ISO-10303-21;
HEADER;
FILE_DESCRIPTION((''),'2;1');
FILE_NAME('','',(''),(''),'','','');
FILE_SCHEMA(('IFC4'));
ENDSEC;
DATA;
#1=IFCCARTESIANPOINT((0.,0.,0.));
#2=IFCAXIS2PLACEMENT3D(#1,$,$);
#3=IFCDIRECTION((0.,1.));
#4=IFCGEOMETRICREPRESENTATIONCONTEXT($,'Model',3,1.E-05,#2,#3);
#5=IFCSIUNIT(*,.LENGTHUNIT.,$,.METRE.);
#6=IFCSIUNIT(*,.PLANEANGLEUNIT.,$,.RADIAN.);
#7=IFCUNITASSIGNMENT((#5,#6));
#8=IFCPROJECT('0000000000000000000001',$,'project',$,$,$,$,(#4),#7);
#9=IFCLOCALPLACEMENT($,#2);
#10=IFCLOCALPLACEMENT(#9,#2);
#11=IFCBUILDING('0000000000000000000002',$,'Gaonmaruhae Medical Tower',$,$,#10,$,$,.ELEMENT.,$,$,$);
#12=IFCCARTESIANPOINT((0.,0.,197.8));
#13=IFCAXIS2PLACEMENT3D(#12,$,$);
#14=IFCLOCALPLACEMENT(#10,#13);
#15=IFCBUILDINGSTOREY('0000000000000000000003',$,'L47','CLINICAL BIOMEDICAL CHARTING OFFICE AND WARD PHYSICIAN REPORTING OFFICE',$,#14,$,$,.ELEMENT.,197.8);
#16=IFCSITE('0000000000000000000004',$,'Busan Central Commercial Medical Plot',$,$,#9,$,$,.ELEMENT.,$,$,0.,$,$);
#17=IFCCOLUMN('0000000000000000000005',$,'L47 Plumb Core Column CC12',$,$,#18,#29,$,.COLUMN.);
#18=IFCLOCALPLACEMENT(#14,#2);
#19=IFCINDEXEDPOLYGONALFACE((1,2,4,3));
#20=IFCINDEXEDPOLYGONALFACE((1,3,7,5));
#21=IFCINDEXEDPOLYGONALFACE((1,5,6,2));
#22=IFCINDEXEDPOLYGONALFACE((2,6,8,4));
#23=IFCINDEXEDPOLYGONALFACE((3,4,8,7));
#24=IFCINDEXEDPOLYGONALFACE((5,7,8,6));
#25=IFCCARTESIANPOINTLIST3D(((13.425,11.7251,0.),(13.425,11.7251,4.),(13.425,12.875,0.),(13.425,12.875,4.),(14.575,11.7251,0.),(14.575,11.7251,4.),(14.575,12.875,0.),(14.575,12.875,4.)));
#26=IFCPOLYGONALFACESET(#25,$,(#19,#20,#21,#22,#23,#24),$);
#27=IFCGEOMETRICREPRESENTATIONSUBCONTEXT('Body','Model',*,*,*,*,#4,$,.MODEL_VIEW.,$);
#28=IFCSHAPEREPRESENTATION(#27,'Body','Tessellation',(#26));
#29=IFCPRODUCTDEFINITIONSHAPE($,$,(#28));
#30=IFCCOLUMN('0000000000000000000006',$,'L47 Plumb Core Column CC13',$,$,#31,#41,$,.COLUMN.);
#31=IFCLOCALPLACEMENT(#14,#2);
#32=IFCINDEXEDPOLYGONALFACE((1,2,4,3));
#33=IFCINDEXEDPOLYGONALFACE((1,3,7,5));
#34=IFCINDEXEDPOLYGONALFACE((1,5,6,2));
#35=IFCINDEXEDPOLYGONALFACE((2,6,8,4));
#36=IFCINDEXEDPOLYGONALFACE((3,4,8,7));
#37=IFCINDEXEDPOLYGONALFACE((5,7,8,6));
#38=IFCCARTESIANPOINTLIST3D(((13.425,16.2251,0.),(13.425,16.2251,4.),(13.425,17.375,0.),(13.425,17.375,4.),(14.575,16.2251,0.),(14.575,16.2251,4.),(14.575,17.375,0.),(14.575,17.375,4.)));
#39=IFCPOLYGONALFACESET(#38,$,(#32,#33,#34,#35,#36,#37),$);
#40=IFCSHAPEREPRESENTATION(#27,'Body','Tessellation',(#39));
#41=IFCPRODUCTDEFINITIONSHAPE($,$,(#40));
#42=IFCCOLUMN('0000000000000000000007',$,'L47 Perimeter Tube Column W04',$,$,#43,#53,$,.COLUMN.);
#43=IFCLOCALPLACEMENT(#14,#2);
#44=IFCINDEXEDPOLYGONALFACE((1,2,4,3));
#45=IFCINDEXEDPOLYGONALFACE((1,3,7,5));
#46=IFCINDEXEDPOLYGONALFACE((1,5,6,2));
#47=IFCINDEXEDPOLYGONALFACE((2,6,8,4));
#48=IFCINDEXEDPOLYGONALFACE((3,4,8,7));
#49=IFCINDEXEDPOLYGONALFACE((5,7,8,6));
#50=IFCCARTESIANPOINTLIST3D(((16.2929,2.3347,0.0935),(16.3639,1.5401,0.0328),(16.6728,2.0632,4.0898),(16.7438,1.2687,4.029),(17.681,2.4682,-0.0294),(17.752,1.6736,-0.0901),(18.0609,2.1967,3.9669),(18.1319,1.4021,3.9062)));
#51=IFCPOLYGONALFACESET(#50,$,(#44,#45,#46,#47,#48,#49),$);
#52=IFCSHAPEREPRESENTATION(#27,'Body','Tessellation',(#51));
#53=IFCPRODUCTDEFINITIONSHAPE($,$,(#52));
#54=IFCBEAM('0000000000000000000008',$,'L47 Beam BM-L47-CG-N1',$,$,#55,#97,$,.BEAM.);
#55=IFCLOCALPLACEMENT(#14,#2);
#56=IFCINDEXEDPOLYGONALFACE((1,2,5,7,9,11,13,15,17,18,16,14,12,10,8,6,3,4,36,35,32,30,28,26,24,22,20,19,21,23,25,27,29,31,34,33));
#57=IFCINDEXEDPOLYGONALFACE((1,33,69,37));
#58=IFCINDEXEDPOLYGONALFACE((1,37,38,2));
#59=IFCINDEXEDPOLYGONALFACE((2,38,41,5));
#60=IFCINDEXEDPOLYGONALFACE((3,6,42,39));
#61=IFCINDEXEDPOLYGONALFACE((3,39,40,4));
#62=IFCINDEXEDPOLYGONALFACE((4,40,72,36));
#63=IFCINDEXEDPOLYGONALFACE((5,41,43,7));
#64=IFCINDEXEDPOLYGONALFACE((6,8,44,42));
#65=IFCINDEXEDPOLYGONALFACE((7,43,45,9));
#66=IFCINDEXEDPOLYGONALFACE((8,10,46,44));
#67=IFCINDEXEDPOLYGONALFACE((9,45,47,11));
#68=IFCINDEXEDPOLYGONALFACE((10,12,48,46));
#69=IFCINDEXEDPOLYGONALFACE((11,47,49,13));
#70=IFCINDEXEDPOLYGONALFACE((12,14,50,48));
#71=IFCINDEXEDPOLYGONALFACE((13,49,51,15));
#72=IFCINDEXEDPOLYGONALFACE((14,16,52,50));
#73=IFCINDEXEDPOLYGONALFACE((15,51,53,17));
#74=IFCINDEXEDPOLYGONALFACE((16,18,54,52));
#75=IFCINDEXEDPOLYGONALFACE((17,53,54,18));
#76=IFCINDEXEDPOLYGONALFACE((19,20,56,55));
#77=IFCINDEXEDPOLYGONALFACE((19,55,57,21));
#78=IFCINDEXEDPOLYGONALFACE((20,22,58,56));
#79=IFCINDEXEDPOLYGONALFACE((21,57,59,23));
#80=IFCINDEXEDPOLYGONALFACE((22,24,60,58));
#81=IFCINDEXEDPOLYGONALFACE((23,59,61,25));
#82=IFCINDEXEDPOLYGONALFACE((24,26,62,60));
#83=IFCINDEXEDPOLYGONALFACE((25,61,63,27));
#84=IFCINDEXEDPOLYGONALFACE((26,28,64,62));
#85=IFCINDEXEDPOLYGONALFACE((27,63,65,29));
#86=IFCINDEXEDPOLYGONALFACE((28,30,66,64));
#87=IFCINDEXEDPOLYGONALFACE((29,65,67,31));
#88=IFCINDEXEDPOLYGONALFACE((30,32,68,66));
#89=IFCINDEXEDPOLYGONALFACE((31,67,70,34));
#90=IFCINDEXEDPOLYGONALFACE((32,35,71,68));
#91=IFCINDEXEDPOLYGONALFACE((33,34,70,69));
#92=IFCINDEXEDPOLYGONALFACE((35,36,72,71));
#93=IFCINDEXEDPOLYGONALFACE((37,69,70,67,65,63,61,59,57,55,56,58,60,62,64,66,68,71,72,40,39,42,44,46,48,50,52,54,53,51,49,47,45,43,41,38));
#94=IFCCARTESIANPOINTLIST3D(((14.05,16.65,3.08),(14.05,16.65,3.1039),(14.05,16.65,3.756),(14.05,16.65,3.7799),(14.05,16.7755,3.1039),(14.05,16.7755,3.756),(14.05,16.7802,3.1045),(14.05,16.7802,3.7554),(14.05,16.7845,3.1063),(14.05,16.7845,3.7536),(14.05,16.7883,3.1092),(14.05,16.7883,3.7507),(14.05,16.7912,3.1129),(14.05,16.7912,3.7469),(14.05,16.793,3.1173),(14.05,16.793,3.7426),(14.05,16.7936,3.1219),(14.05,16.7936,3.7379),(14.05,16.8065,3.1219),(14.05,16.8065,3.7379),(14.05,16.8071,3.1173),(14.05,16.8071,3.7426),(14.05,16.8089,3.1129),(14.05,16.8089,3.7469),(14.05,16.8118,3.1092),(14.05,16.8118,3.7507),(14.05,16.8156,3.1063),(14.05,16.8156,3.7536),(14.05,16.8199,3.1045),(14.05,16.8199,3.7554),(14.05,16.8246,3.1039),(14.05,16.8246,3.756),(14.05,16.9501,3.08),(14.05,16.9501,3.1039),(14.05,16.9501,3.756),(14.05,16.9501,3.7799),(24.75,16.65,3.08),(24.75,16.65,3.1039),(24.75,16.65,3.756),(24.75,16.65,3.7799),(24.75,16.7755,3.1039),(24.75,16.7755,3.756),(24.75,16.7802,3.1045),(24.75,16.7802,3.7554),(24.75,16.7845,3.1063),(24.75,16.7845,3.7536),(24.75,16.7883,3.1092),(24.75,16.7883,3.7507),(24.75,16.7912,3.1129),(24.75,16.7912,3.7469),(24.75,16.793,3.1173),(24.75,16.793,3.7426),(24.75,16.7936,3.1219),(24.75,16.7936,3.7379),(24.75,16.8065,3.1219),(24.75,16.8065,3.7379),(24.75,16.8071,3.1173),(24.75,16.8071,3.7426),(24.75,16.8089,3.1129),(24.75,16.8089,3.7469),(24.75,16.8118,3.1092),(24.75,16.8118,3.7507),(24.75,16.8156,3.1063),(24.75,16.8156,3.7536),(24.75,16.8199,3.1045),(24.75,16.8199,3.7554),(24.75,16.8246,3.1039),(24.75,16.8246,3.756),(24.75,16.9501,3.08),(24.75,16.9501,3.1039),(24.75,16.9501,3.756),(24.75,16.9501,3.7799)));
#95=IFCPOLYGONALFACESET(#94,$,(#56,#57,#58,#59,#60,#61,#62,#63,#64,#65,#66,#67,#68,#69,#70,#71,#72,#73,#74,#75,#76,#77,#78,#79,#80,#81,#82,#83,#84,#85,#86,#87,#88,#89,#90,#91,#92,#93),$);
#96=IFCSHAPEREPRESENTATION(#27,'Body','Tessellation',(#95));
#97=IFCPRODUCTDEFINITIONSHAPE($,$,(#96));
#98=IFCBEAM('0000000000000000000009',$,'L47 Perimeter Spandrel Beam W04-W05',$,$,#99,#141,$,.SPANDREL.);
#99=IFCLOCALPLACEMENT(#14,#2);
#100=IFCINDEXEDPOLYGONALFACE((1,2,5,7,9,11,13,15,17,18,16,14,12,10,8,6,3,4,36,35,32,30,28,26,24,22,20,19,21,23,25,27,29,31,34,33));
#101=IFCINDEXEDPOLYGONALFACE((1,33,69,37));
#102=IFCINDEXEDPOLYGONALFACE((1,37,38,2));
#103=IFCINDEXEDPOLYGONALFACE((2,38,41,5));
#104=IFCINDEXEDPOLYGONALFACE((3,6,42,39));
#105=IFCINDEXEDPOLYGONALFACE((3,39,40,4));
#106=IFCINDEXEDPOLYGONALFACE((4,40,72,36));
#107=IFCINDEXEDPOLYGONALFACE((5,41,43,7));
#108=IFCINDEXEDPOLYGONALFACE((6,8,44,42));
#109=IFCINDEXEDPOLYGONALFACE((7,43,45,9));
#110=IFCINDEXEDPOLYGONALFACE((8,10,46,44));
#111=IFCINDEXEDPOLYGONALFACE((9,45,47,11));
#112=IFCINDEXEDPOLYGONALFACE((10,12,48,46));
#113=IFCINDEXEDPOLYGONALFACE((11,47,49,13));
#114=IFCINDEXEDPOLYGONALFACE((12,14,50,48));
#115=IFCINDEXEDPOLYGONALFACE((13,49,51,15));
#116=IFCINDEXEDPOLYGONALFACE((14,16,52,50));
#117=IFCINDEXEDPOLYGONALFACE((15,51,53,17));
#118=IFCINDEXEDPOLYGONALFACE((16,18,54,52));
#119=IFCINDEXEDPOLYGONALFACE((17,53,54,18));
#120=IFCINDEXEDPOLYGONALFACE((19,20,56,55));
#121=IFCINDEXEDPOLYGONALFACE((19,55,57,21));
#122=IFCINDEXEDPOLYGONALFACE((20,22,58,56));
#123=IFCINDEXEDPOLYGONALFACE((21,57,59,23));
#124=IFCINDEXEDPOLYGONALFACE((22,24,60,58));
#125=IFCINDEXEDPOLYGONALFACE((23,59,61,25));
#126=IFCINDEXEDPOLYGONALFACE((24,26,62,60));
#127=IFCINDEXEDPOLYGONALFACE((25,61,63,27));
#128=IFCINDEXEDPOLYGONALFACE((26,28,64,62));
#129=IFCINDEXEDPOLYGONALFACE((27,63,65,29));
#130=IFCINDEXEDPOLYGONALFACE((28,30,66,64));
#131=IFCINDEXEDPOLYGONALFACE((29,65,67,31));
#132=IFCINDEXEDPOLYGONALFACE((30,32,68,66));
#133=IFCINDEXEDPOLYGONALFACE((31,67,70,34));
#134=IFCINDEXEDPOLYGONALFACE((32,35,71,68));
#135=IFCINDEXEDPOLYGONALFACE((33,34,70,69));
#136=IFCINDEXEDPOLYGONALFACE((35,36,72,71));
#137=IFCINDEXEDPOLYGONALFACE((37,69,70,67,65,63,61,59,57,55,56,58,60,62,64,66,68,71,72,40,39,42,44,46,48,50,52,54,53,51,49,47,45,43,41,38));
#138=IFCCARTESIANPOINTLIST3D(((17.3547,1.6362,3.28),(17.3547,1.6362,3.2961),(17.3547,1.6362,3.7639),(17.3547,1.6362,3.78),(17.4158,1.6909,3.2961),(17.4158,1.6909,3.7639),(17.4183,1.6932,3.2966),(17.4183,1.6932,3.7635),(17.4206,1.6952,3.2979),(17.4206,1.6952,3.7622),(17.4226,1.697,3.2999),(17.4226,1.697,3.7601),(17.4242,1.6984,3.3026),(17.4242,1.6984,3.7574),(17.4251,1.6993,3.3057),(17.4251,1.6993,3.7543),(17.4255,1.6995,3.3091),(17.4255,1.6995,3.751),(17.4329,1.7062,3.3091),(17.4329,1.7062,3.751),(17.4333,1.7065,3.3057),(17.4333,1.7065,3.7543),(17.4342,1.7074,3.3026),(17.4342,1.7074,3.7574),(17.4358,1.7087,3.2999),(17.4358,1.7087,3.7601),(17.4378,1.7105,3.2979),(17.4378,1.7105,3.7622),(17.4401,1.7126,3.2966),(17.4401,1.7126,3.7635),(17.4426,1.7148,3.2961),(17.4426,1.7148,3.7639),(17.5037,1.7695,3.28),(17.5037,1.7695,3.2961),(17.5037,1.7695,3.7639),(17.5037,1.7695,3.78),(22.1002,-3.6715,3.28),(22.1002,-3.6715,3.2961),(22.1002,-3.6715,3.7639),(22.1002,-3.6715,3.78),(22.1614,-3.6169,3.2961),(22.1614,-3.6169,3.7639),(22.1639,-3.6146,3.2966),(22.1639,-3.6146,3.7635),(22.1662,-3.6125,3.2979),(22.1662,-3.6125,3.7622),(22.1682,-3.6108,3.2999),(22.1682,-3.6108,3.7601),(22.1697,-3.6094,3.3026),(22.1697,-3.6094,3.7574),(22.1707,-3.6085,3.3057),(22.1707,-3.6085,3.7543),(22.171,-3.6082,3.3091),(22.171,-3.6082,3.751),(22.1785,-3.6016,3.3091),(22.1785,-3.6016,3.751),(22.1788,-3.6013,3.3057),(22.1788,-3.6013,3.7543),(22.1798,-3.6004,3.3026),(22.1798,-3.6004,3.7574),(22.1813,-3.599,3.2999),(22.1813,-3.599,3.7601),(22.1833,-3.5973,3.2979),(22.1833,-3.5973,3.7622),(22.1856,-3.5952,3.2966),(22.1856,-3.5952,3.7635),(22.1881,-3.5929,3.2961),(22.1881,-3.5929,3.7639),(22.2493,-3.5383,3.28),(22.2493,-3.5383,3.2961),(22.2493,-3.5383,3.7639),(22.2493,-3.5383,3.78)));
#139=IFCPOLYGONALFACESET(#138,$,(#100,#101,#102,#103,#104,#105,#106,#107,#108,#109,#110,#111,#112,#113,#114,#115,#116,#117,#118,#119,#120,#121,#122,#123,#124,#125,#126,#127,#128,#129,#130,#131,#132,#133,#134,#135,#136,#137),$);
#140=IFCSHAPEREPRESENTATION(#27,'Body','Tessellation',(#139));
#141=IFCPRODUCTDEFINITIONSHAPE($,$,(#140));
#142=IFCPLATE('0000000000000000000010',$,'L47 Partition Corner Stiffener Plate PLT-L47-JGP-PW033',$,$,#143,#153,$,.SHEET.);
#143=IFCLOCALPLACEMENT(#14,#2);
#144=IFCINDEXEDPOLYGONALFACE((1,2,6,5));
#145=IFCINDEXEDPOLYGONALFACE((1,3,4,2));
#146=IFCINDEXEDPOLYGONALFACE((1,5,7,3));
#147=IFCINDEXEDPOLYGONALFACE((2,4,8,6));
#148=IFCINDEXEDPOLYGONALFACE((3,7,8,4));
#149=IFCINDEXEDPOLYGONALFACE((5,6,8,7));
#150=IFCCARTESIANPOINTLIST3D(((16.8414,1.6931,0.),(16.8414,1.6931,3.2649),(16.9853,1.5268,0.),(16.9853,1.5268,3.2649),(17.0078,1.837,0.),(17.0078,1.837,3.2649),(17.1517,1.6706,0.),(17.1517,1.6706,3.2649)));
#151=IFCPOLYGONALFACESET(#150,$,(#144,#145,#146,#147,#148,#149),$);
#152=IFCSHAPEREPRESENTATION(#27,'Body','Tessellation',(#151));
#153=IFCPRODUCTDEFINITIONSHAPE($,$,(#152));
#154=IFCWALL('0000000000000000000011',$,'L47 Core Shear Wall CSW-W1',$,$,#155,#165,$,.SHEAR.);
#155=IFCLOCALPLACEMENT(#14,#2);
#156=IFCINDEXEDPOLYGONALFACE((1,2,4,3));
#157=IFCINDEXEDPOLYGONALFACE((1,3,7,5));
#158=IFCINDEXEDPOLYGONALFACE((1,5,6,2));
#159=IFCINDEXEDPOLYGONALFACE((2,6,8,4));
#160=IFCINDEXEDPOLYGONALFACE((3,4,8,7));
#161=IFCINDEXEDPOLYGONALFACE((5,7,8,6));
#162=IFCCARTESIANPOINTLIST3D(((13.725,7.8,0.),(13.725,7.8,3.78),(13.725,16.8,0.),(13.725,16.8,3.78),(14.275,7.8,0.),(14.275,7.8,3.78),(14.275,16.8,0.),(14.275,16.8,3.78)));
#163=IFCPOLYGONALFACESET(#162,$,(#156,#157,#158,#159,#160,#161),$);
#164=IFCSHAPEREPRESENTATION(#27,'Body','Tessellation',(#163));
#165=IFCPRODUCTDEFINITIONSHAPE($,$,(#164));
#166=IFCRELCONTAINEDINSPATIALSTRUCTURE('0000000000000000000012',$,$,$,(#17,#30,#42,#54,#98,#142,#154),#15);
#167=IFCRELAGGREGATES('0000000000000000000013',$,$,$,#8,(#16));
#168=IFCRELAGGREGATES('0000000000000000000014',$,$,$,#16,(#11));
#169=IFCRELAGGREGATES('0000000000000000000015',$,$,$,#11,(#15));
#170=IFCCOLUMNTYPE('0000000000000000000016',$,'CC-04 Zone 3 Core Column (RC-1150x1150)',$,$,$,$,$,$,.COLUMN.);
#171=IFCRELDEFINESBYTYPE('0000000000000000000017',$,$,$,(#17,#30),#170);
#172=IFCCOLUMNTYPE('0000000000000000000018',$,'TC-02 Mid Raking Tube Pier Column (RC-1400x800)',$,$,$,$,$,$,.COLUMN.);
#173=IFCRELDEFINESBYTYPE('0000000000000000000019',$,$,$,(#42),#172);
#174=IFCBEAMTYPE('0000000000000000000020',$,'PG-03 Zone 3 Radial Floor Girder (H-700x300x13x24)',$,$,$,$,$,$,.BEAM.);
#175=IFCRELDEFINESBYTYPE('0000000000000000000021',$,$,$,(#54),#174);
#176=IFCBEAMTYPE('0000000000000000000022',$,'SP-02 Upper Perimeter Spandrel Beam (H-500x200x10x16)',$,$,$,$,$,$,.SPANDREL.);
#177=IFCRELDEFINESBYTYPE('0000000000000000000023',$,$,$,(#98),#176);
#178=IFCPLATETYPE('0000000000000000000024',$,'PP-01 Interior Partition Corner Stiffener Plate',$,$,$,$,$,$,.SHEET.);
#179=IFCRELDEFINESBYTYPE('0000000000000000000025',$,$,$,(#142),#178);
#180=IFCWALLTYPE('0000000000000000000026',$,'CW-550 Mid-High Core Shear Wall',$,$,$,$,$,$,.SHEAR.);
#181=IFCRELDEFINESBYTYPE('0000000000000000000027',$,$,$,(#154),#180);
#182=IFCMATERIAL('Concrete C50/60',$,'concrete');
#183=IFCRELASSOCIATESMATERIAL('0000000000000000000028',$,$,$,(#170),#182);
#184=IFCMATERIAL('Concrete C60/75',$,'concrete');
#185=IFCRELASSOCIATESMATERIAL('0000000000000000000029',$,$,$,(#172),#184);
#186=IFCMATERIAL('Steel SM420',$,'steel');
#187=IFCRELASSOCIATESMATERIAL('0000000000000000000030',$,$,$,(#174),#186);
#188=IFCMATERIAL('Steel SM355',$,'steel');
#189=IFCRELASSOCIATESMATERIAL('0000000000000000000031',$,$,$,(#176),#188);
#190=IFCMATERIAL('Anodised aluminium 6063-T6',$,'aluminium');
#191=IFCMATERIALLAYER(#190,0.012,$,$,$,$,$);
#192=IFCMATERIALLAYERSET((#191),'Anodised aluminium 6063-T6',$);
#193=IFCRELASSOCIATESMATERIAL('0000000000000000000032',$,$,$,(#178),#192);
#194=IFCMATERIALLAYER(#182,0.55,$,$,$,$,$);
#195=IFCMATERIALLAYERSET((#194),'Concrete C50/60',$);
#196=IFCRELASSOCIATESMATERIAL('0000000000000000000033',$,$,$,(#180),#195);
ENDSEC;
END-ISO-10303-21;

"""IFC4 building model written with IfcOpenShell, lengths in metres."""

from ifc_helpers import new_model, si_unit, direction, frame, frame_2d, origin, origin_2d, place, context, subcontext, project, spatial, rectangle, i_section, extrude, material, layer, layer_set, material_profile, profile_set, type_object, element, save


model = new_model("IFC4")

# Units and contexts
model_context = context("Model", 3, precision=1e-05, world=origin(), true_north=direction((0.0, 1.0)))
body_context = subcontext(model_context, "Body", "Model", "MODEL_VIEW")
ifc_project = project(units=[si_unit("LENGTHUNIT", "METRE"), si_unit("PLANEANGLEUNIT", "RADIAN")], contexts=[model_context])

# Site, building, storey
site_placement = place(None, origin())
site = spatial("IfcSite", under=ifc_project, at=site_placement, Name="Busan Central Commercial Medical Plot", CompositionType="ELEMENT", RefElevation=0.0)
building_placement = place(site_placement, origin())
building = spatial("IfcBuilding", under=site, at=building_placement, Name="Gaonmaruhae Medical Tower", CompositionType="ELEMENT")
storey_placement = place(building_placement, frame((0.0, 0.0, 197.8)))
storey = spatial("IfcBuildingStorey", under=building, at=storey_placement, Name="L47", Description="CLINICAL BIOMEDICAL CHARTING OFFICE AND WARD PHYSICIAN REPORTING OFFICE", CompositionType="ELEMENT", Elevation=197.8)

# Columns
ifc_material_1 = material(Name="Concrete C50/60", Category="concrete")
ifc_material_profile_1 = material_profile(ifc_material_1, rectangle(XDim=1.1499, YDim=1.1499, at=origin_2d()), Name="RC-1150x1150")
ifc_profile_set_1 = profile_set([ifc_material_profile_1], Name="Concrete C50/60")
column_type_1 = type_object("IfcColumnType", Name="CC-04 Zone 3 Core Column (RC-1150x1150)", PredefinedType="COLUMN", material=ifc_profile_set_1)
for number, where, z_axis, x_axis, name in (
    (1, (14.0, 12.3, 0.0), (0.0, 0.0, 1.0), (1.0, 0.0, 0.0), "L47 Plumb Core Column CC12"),
    (2, (14.0, 16.8, 0.0), (0.0, 0.0, 1.0), (1.0, 0.0, 0.0), "L47 Plumb Core Column CC13"),
):
    element("IfcColumn", number, at=place(storey_placement, frame(where, z_axis=z_axis, x_axis=x_axis)), inside=storey, type_object=column_type_1, Name=name, PredefinedType="COLUMN", context=body_context, shape_type="SweptSolid", body=[
        extrude(rectangle(XDim=1.1499, YDim=1.1499, at=origin_2d()), origin(), (0.0, 0.0, 1.0), 4.0),
    ])
ifc_material_2 = material(Name="Concrete C60/75", Category="concrete")
ifc_material_profile_2 = material_profile(ifc_material_2, rectangle(XDim=1.3999, YDim=0.8, at=origin_2d()), Name="RC-1400x800")
ifc_profile_set_2 = profile_set([ifc_material_profile_2], Name="Concrete C60/75")
column_type_2 = type_object("IfcColumnType", Name="TC-02 Mid Raking Tube Pier Column (RC-1400x800)", PredefinedType="COLUMN", material=ifc_profile_set_2)
column_placement = place(storey_placement, frame((17.0225, 2.0042, 0.0017), z_axis=(0.094415, -0.067474, 0.993244), x_axis=(-0.991569, -0.095314, 0.087781)))
element("IfcColumn", 3, at=column_placement, inside=storey, type_object=column_type_2, Name="L47 Perimeter Tube Column W04", PredefinedType="COLUMN", context=body_context, shape_type="SweptSolid", body=[
    extrude(rectangle(XDim=1.3999, YDim=0.8, at=origin_2d()), origin(), (0.0, 0.0, 1.0), 4.0234),
])

# Beams
ifc_material_3 = material(Name="Steel SM420", Category="steel")
ifc_material_profile_3 = material_profile(ifc_material_3, i_section(OverallWidth=0.3, OverallDepth=0.7, WebThickness=0.0129, FlangeThickness=0.0239, FilletRadius=0.0181, at=origin_2d()), Name="H-700x300x13x24")
ifc_profile_set_3 = profile_set([ifc_material_profile_3], Name="Steel SM420")
beam_type_1 = type_object("IfcBeamType", Name="PG-03 Zone 3 Radial Floor Girder (H-700x300x13x24)", PredefinedType="BEAM", material=ifc_profile_set_3)
beam_1_placement = place(storey_placement, frame((14.05, 16.8, 3.4299), z_axis=(1.0, 0.0, 0.0), x_axis=(0.0, 1.0, 0.0)))
element("IfcBeam", 4, at=beam_1_placement, inside=storey, type_object=beam_type_1, Name="L47 Beam BM-L47-CG-N1", PredefinedType="BEAM", context=body_context, shape_type="SweptSolid", body=[
    extrude(i_section(OverallWidth=0.3, OverallDepth=0.7, WebThickness=0.0129, FlangeThickness=0.0239, FilletRadius=0.0181, at=origin_2d()), origin(), (0.0, 0.0, 1.0), 10.7),
])
ifc_material_4 = material(Name="Steel SM355", Category="steel")
ifc_material_profile_4 = material_profile(ifc_material_4, i_section(OverallWidth=0.2, OverallDepth=0.5, WebThickness=0.01, FlangeThickness=0.0161, FilletRadius=0.0129, at=origin_2d()), Name="H-500x200x10x16")
ifc_profile_set_4 = profile_set([ifc_material_profile_4], Name="Steel SM355")
beam_type_2 = type_object("IfcBeamType", Name="SP-02 Upper Perimeter Spandrel Beam (H-500x200x10x16)", PredefinedType="SPANDREL", material=ifc_profile_set_4)
beam_2_placement = place(storey_placement, frame((17.4292, 1.7029, 3.53), z_axis=(0.666519, -0.745488, 0.0), x_axis=(0.745488, 0.666519, 0.0)))
element("IfcBeam", 5, at=beam_2_placement, inside=storey, type_object=beam_type_2, Name="L47 Perimeter Spandrel Beam W04-W05", PredefinedType="SPANDREL", context=body_context, shape_type="SweptSolid", body=[
    extrude(i_section(OverallWidth=0.2, OverallDepth=0.5, WebThickness=0.01, FlangeThickness=0.0161, FilletRadius=0.0129, at=origin_2d()), origin(), (0.0, 0.0, 1.0), 7.1199),
])

# Plate
ifc_material_5 = material(Name="Anodised aluminium 6063-T6", Category="aluminium")
ifc_layer_1 = layer(ifc_material_5, 0.012)
ifc_layer_set_1 = layer_set([ifc_layer_1], Name="Anodised aluminium 6063-T6")
plate_type = type_object("IfcPlateType", Name="PP-01 Interior Partition Corner Stiffener Plate", PredefinedType="SHEET", material=ifc_layer_set_1)
plate_placement = place(storey_placement, frame((16.9966, 1.6819, 0.0), z_axis=(0.0, 0.0, 1.0), x_axis=(-0.654041, 0.756459, 0.0)))
element("IfcPlate", 6, at=plate_placement, inside=storey, type_object=plate_type, Name="L47 Partition Corner Stiffener Plate PLT-L47-JGP-PW033", PredefinedType="SHEET", context=body_context, shape_type="SweptSolid", body=[
    extrude(rectangle(XDim=0.22, YDim=0.22, at=origin_2d()), origin(), (0.0, 0.0, 1.0), 3.2649),
])

# Wall
ifc_layer_2 = layer(ifc_material_1, 0.55)
ifc_layer_set_2 = layer_set([ifc_layer_2], Name="Concrete C50/60")
wall_type_1 = type_object("IfcWallType", Name="CW-550 Mid-High Core Shear Wall", PredefinedType="SHEAR", material=ifc_layer_set_2)
wall_1_placement = place(storey_placement, frame((14.0, 16.8, 0.0), z_axis=(0.0, 0.0, 1.0), x_axis=(0.0, -1.0, 0.0)))
element("IfcWall", 7, at=wall_1_placement, inside=storey, type_object=wall_type_1, Name="L47 Core Shear Wall CSW-W1", PredefinedType="SHEAR", context=body_context, shape_type="SweptSolid", body=[
    extrude(rectangle(XDim=9.0, YDim=0.55, at=frame_2d((4.5, 0.0))), origin(), (0.0, 0.0, 1.0), 3.78),
])

save(model, "model.ifc")
